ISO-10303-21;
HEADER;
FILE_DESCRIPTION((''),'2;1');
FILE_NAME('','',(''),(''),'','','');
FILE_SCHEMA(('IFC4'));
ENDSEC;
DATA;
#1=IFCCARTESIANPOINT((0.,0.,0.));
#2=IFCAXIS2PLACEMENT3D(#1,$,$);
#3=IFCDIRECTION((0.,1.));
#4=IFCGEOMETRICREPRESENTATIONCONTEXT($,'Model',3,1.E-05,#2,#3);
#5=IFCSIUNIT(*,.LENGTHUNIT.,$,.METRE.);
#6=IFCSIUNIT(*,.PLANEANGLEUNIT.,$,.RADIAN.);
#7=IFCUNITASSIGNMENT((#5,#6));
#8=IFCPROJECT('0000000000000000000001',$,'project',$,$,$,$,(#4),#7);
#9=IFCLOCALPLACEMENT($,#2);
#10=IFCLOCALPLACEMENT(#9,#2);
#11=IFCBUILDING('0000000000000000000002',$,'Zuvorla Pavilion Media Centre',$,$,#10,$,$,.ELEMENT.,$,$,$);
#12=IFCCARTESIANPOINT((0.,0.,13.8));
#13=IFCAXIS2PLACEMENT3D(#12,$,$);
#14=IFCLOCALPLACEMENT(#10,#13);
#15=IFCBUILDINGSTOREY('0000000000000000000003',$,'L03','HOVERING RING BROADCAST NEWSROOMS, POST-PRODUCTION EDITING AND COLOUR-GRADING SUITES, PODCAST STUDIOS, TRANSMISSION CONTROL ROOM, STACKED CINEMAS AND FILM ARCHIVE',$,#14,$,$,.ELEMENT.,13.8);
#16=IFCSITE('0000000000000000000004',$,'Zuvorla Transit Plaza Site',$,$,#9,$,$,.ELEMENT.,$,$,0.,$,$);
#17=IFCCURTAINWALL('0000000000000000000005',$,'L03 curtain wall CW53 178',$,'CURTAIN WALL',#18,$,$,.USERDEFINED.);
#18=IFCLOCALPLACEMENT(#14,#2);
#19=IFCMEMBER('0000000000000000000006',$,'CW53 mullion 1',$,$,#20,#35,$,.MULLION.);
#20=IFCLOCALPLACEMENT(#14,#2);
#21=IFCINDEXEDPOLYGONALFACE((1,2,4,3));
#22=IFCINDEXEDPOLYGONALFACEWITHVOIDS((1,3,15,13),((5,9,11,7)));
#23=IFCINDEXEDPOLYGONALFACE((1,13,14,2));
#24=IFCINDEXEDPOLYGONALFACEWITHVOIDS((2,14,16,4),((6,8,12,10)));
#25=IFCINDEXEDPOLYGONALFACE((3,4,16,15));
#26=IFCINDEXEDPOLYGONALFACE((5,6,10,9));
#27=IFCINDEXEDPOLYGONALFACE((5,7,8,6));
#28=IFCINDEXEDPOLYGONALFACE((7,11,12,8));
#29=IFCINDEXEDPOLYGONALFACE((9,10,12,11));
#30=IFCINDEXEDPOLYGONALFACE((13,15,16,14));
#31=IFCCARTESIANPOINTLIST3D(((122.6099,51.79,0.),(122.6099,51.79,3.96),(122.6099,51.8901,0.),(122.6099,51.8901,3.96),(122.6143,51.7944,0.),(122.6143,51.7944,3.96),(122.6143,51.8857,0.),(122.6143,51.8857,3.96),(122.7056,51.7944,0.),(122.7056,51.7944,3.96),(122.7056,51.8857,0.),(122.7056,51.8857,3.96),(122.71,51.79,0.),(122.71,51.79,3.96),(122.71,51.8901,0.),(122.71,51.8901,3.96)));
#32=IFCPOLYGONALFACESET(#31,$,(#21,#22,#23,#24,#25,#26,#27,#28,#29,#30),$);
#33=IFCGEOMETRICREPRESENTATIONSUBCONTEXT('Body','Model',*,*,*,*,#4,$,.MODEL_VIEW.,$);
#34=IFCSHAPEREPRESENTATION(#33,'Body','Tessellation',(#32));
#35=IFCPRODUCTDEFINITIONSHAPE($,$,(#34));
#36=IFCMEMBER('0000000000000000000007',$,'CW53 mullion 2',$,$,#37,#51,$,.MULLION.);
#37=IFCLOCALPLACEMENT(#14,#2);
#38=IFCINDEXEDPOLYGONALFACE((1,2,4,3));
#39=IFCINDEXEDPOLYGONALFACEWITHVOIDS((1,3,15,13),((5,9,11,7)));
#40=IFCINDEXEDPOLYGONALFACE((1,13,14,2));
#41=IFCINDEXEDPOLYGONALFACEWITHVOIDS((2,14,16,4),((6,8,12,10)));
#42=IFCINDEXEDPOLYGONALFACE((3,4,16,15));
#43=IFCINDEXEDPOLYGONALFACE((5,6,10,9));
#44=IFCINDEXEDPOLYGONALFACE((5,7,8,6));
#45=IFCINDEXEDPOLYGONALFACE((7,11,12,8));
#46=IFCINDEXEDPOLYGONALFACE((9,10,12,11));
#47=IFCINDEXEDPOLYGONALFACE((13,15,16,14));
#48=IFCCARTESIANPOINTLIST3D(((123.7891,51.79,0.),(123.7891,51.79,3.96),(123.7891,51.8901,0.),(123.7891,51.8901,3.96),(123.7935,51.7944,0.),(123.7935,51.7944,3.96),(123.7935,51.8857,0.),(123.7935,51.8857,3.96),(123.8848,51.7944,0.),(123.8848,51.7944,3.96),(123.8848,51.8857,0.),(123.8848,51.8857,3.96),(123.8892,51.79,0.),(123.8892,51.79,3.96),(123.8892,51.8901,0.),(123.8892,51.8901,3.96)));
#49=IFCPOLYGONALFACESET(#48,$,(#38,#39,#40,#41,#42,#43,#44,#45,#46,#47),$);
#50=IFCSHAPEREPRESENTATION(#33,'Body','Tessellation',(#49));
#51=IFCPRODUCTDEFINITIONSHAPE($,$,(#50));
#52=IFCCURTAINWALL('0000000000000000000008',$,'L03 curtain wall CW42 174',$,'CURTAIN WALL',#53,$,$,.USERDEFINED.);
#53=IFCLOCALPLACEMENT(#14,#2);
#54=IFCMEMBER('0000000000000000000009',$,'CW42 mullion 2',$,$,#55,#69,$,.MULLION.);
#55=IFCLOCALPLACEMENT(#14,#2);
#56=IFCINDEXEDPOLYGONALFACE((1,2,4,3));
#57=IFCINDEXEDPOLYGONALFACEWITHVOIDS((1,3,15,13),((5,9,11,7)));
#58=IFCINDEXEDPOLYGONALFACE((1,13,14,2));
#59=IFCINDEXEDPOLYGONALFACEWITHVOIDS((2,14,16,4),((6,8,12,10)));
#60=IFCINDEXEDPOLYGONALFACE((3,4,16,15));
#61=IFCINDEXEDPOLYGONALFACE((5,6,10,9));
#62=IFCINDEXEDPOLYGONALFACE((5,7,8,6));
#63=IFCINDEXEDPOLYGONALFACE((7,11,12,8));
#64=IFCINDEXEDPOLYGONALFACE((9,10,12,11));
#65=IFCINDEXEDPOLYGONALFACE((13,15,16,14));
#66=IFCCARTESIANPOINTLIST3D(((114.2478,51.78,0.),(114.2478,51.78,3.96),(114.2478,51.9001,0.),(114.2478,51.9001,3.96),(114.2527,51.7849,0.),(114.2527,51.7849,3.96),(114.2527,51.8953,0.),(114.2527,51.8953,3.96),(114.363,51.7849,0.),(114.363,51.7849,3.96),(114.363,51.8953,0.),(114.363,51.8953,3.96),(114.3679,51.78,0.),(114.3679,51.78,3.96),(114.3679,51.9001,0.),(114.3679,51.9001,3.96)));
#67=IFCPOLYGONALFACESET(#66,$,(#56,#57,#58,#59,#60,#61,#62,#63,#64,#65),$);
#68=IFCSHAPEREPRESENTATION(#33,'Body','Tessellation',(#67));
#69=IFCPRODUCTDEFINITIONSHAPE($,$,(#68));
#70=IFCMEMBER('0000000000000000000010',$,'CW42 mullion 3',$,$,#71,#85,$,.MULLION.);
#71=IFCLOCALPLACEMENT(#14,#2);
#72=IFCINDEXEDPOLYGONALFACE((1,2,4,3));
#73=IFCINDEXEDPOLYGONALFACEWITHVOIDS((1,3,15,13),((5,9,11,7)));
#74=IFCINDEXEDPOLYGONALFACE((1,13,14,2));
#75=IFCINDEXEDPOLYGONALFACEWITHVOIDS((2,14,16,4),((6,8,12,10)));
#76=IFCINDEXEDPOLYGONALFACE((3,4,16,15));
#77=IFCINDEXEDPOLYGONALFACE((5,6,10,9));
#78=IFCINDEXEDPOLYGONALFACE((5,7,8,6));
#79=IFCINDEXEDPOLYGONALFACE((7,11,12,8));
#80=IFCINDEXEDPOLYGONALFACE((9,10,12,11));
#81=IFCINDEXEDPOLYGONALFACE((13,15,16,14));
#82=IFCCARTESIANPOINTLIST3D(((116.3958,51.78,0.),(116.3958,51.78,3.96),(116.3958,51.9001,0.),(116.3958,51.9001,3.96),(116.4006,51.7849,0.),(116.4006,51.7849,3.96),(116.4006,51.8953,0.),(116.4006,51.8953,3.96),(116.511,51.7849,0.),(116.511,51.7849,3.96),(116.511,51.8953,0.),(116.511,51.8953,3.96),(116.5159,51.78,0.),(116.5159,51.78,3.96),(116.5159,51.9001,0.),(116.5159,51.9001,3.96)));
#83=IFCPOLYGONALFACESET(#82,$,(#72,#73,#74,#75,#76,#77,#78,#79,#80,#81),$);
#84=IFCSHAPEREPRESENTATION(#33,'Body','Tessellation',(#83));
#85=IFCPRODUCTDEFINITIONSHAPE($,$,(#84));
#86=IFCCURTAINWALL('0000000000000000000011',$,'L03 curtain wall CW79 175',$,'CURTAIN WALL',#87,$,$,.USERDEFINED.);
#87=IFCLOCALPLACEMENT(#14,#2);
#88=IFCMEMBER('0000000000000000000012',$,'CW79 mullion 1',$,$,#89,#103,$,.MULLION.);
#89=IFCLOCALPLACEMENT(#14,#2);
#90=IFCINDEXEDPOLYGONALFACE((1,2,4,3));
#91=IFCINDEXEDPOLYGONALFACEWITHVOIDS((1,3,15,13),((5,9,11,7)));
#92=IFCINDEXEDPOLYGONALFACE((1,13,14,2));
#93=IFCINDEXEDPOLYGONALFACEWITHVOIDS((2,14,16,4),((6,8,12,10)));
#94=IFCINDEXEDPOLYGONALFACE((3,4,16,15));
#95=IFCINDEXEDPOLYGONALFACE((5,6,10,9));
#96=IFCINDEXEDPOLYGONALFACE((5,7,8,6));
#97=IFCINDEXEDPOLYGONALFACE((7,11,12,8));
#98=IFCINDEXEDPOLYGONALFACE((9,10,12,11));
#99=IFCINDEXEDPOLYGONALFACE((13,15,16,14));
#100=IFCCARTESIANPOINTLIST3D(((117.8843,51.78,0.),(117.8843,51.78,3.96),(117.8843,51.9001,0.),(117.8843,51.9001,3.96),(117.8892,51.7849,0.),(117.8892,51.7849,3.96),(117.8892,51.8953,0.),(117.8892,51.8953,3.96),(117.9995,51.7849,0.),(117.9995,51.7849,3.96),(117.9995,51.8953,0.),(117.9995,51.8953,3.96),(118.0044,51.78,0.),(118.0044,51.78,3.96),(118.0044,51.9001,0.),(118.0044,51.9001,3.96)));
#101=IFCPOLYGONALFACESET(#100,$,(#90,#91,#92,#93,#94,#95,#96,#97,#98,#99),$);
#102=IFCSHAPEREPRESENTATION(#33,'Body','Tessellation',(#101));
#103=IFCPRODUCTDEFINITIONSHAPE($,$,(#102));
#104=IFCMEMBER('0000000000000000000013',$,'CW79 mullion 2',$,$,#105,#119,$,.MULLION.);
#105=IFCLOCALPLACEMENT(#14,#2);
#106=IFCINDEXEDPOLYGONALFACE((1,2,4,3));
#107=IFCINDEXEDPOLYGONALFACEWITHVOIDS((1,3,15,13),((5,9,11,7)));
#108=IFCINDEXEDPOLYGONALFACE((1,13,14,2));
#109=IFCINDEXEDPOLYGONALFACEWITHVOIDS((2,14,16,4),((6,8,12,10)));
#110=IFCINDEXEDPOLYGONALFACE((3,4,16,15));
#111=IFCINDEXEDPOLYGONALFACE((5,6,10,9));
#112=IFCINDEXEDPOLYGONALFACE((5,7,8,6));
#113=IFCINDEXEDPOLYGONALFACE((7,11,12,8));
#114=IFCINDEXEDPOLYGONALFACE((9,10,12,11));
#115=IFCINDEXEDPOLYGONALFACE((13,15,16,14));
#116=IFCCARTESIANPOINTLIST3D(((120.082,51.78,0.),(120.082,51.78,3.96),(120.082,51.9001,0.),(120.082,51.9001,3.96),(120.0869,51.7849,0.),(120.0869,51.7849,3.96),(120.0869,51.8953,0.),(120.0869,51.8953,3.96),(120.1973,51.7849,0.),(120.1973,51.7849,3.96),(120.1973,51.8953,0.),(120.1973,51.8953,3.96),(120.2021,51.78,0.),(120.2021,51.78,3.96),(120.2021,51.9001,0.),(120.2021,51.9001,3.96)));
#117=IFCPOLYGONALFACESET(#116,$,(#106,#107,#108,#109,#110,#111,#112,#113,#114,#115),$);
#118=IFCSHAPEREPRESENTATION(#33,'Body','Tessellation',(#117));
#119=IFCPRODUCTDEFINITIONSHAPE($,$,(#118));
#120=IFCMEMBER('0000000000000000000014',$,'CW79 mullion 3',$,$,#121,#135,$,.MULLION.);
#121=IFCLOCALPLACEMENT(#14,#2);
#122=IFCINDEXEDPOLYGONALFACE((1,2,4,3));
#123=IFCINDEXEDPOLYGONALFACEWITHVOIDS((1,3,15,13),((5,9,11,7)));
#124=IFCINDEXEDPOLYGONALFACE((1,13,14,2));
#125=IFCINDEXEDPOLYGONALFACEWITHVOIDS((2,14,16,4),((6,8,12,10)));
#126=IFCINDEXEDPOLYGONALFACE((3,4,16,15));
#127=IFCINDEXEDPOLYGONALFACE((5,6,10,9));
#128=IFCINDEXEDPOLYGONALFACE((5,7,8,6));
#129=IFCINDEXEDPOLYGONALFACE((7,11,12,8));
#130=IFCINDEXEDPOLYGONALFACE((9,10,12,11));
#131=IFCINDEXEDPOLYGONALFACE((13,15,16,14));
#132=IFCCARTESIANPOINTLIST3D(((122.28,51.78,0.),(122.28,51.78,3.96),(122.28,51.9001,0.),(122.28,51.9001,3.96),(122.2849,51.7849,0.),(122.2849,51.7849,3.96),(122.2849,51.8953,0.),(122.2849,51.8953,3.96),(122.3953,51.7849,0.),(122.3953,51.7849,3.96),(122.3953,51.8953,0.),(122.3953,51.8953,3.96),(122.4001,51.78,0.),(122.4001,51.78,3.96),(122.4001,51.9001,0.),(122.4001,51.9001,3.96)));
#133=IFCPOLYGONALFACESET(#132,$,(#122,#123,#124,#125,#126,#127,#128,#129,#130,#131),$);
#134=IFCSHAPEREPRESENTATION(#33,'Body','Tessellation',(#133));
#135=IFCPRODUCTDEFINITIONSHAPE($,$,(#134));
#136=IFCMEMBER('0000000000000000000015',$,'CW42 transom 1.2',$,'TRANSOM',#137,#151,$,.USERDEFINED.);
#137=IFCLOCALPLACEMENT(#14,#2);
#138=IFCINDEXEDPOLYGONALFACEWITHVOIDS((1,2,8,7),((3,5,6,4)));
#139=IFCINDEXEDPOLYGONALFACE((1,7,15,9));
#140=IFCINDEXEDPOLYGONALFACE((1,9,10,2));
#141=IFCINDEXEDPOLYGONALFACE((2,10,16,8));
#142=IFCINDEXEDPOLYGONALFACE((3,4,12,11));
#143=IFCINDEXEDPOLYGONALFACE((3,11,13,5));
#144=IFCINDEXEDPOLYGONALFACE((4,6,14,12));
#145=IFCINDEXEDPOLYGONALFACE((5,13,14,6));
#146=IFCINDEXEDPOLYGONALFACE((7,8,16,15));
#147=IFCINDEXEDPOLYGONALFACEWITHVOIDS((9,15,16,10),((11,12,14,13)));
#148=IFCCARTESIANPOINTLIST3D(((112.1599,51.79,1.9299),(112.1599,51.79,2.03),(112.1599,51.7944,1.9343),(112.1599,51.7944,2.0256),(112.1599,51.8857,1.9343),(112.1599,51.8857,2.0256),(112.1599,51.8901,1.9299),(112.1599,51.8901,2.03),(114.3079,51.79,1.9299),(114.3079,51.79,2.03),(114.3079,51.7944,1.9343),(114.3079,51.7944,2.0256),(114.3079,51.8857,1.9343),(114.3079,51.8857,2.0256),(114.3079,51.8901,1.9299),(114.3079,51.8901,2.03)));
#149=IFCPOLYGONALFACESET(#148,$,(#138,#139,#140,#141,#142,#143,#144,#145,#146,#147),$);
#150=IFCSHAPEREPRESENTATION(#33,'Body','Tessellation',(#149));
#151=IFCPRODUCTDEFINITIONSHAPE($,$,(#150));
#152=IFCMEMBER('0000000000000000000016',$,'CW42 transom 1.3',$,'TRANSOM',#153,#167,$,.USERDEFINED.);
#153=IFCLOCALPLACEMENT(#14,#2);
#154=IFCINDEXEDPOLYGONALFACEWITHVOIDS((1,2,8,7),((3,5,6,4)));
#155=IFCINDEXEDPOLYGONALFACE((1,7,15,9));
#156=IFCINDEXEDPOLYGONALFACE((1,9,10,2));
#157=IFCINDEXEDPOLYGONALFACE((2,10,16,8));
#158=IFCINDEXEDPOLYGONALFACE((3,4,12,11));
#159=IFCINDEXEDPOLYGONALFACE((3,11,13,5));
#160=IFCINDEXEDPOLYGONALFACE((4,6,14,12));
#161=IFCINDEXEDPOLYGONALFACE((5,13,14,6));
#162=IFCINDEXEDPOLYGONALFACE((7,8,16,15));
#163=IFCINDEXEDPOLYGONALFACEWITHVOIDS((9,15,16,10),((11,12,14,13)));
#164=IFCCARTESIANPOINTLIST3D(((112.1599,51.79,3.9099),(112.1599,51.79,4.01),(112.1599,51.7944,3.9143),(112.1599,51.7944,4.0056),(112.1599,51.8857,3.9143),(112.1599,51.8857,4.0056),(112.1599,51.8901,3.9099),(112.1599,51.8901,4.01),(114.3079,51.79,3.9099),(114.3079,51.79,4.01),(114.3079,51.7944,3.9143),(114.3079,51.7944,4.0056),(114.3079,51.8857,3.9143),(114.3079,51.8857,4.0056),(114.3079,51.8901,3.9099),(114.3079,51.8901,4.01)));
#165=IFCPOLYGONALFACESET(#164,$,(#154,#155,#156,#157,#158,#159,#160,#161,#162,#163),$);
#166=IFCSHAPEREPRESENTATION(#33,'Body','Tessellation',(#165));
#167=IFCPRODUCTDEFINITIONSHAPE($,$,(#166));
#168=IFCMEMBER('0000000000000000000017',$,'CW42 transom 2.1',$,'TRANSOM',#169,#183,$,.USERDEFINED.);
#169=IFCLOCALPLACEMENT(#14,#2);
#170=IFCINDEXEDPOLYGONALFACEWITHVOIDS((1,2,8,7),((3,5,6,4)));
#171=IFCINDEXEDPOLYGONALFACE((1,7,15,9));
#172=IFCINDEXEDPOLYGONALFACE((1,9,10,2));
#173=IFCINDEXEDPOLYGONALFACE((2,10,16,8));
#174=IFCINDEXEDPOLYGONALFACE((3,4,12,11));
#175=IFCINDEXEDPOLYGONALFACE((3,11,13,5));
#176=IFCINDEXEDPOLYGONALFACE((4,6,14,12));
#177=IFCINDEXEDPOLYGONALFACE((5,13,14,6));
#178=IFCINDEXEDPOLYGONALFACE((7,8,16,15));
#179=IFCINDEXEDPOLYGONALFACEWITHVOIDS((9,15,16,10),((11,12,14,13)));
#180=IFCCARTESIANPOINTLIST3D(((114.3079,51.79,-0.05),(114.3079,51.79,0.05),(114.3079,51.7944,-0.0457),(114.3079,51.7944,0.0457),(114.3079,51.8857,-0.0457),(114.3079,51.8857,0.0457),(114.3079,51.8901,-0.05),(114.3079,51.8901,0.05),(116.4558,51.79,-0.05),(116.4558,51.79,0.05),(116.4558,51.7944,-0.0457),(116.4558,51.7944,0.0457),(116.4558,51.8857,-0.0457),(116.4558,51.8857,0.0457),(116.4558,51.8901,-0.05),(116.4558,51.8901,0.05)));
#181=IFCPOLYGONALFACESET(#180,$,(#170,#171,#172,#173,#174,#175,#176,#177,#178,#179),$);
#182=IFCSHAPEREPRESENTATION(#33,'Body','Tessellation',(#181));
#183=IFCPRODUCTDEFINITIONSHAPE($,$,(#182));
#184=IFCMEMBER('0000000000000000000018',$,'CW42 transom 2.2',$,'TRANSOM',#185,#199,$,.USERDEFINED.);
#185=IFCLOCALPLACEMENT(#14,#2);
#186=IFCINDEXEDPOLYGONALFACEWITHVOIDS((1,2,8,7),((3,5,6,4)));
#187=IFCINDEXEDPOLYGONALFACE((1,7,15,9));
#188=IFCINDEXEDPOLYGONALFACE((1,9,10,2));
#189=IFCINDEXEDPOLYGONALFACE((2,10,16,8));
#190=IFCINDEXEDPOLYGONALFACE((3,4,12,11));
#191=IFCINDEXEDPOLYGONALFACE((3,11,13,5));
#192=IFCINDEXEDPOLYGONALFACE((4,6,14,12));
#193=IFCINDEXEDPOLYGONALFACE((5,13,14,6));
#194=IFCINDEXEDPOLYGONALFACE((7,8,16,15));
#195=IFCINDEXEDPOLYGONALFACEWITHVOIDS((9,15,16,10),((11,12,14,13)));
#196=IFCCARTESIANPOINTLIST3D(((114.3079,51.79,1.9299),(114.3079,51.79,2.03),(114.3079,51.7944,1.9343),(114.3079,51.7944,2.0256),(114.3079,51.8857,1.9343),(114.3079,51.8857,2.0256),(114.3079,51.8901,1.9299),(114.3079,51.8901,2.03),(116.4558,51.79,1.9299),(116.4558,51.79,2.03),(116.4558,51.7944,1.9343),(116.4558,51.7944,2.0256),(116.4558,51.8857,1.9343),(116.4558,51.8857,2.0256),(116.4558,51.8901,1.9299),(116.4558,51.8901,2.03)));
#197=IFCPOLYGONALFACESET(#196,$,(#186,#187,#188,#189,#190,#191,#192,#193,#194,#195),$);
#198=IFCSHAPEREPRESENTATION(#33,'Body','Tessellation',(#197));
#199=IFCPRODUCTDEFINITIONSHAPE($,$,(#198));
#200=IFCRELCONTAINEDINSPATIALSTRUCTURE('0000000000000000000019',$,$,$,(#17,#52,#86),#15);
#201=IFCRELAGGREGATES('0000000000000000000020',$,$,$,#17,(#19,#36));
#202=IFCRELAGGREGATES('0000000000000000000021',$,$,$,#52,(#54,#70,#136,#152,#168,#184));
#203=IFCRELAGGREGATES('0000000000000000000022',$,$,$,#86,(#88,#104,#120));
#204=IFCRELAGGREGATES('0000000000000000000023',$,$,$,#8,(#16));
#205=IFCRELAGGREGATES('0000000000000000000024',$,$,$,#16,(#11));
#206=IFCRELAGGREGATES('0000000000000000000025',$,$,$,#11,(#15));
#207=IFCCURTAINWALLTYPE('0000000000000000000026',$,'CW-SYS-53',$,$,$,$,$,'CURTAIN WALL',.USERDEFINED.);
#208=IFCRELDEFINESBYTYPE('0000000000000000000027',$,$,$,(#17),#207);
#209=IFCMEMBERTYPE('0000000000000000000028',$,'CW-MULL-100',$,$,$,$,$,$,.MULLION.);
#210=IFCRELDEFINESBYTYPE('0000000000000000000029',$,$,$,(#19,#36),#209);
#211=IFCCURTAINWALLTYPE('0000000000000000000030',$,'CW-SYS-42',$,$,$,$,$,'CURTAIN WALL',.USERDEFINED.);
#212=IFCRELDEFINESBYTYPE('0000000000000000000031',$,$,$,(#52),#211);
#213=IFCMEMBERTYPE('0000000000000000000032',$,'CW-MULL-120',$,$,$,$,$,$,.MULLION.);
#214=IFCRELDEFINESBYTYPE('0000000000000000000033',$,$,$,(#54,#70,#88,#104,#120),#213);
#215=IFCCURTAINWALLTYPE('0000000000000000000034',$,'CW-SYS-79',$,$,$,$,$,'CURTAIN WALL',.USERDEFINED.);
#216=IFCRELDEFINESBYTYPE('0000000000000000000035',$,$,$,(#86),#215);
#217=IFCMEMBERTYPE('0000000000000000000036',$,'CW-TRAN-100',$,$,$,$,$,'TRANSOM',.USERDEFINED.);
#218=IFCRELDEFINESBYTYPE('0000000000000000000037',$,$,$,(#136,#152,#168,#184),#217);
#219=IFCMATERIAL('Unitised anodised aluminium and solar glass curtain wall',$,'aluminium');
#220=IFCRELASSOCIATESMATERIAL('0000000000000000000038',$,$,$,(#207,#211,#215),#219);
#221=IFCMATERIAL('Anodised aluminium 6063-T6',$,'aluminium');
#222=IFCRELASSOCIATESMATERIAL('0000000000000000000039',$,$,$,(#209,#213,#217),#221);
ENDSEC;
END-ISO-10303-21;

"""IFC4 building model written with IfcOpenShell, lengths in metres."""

from ifc_helpers import new_model, si_unit, direction, frame, origin, origin_2d, place, context, subcontext, project, spatial, hollow_rectangle, extrude, material, material_profile, profile_set, type_object, element, aggregate, save


model = new_model("IFC4")

# Units and contexts
model_context = context("Model", 3, precision=1e-05, world=origin(), true_north=direction((0.0, 1.0)))
body_context = subcontext(model_context, "Body", "Model", "MODEL_VIEW")
ifc_project = project(units=[si_unit("LENGTHUNIT", "METRE"), si_unit("PLANEANGLEUNIT", "RADIAN")], contexts=[model_context])

# Site, building, storey
site_placement = place(None, origin())
site = spatial("IfcSite", under=ifc_project, at=site_placement, Name="Zuvorla Transit Plaza Site", CompositionType="ELEMENT", RefElevation=0.0)
building_placement = place(site_placement, origin())
building = spatial("IfcBuilding", under=site, at=building_placement, Name="Zuvorla Pavilion Media Centre", CompositionType="ELEMENT")
storey_placement = place(building_placement, frame((0.0, 0.0, 13.8)))
storey = spatial("IfcBuildingStorey", under=building, at=storey_placement, Name="L03", Description="HOVERING RING BROADCAST NEWSROOMS, POST-PRODUCTION EDITING AND COLOUR-GRADING SUITES, PODCAST STUDIOS, TRANSMISSION CONTROL ROOM, STACKED CINEMAS AND FILM ARCHIVE", CompositionType="ELEMENT", Elevation=13.8)

# Curtain walls, members
ifc_material_1 = material(Name="Unitised anodised aluminium and solar glass curtain wall", Category="aluminium")
curtain_wall_type_1 = type_object("IfcCurtainWallType", Name="CW-SYS-53", ElementType="CURTAIN WALL", PredefinedType="USERDEFINED", material=ifc_material_1)
curtain_wall_1_placement = place(storey_placement, origin())
curtain_wall_1 = element("IfcCurtainWall", 1, at=curtain_wall_1_placement, inside=storey, type_object=curtain_wall_type_1, Name="L03 curtain wall CW53 178", ObjectType="CURTAIN WALL", PredefinedType="USERDEFINED")
ifc_material_2 = material(Name="Anodised aluminium 6063-T6", Category="aluminium")
ifc_material_profile_1 = material_profile(ifc_material_2, hollow_rectangle(XDim=0.1001, YDim=0.1001, WallThickness=0.0044, at=origin_2d()), Name="ALU MULL 100x100")
ifc_profile_set_1 = profile_set([ifc_material_profile_1], Name="Anodised aluminium 6063-T6")
member_type_1 = type_object("IfcMemberType", Name="CW-MULL-100", PredefinedType="MULLION", material=ifc_profile_set_1)
member_1_placement = place(storey_placement, frame((122.6599, 51.8401, 0.0), z_axis=(0.0, 0.0, 1.0), x_axis=(1.0, 0.0, 0.0)))
member_1 = element("IfcMember", 2, at=member_1_placement, type_object=member_type_1, Name="CW53 mullion 1", PredefinedType="MULLION", context=body_context, shape_type="SweptSolid", body=[
    extrude(hollow_rectangle(XDim=0.1001, YDim=0.1001, WallThickness=0.0044, at=origin_2d()), origin(), (0.0, 0.0, 1.0), 3.96),
])
member_2_placement = place(storey_placement, frame((123.8391, 51.8401, 0.0), z_axis=(0.0, 0.0, 1.0), x_axis=(1.0, 0.0, 0.0)))
member_2 = element("IfcMember", 3, at=member_2_placement, type_object=member_type_1, Name="CW53 mullion 2", PredefinedType="MULLION", context=body_context, shape_type="SweptSolid", body=[
    extrude(hollow_rectangle(XDim=0.1001, YDim=0.1001, WallThickness=0.0044, at=origin_2d()), origin(), (0.0, 0.0, 1.0), 3.96),
])
curtain_wall_type_2 = type_object("IfcCurtainWallType", Name="CW-SYS-42", ElementType="CURTAIN WALL", PredefinedType="USERDEFINED", material=ifc_material_1)
curtain_wall_2_placement = place(storey_placement, origin())
curtain_wall_2 = element("IfcCurtainWall", 4, at=curtain_wall_2_placement, inside=storey, type_object=curtain_wall_type_2, Name="L03 curtain wall CW42 174", ObjectType="CURTAIN WALL", PredefinedType="USERDEFINED")
ifc_material_profile_2 = material_profile(ifc_material_2, hollow_rectangle(XDim=0.1201, YDim=0.1201, WallThickness=0.0049, at=origin_2d()), Name="ALU MULL 120x120")
ifc_profile_set_2 = profile_set([ifc_material_profile_2], Name="Anodised aluminium 6063-T6")
member_type_2 = type_object("IfcMemberType", Name="CW-MULL-120", PredefinedType="MULLION", material=ifc_profile_set_2)
member_3_placement = place(storey_placement, frame((114.3079, 51.8401, 0.0), z_axis=(0.0, 0.0, 1.0), x_axis=(1.0, 0.0, 0.0)))
member_3 = element("IfcMember", 5, at=member_3_placement, type_object=member_type_2, Name="CW42 mullion 2", PredefinedType="MULLION", context=body_context, shape_type="SweptSolid", body=[
    extrude(hollow_rectangle(XDim=0.1201, YDim=0.1201, WallThickness=0.0049, at=origin_2d()), origin(), (0.0, 0.0, 1.0), 3.96),
])
member_4_placement = place(storey_placement, frame((116.4558, 51.8401, 0.0), z_axis=(0.0, 0.0, 1.0), x_axis=(1.0, 0.0, 0.0)))
member_4 = element("IfcMember", 6, at=member_4_placement, type_object=member_type_2, Name="CW42 mullion 3", PredefinedType="MULLION", context=body_context, shape_type="SweptSolid", body=[
    extrude(hollow_rectangle(XDim=0.1201, YDim=0.1201, WallThickness=0.0049, at=origin_2d()), origin(), (0.0, 0.0, 1.0), 3.96),
])
curtain_wall_type_3 = type_object("IfcCurtainWallType", Name="CW-SYS-79", ElementType="CURTAIN WALL", PredefinedType="USERDEFINED", material=ifc_material_1)
curtain_wall_3_placement = place(storey_placement, origin())
curtain_wall_3 = element("IfcCurtainWall", 7, at=curtain_wall_3_placement, inside=storey, type_object=curtain_wall_type_3, Name="L03 curtain wall CW79 175", ObjectType="CURTAIN WALL", PredefinedType="USERDEFINED")
member_5_placement = place(storey_placement, frame((117.9443, 51.8401, 0.0), z_axis=(0.0, 0.0, 1.0), x_axis=(1.0, 0.0, 0.0)))
member_5 = element("IfcMember", 8, at=member_5_placement, type_object=member_type_2, Name="CW79 mullion 1", PredefinedType="MULLION", context=body_context, shape_type="SweptSolid", body=[
    extrude(hollow_rectangle(XDim=0.1201, YDim=0.1201, WallThickness=0.0049, at=origin_2d()), origin(), (0.0, 0.0, 1.0), 3.96),
])
member_6_placement = place(storey_placement, frame((120.1421, 51.8401, 0.0), z_axis=(0.0, 0.0, 1.0), x_axis=(1.0, 0.0, 0.0)))
member_6 = element("IfcMember", 9, at=member_6_placement, type_object=member_type_2, Name="CW79 mullion 2", PredefinedType="MULLION", context=body_context, shape_type="SweptSolid", body=[
    extrude(hollow_rectangle(XDim=0.1201, YDim=0.1201, WallThickness=0.0049, at=origin_2d()), origin(), (0.0, 0.0, 1.0), 3.96),
])
member_7_placement = place(storey_placement, frame((122.3401, 51.8401, 0.0), z_axis=(0.0, 0.0, 1.0), x_axis=(1.0, 0.0, 0.0)))
member_7 = element("IfcMember", 10, at=member_7_placement, type_object=member_type_2, Name="CW79 mullion 3", PredefinedType="MULLION", context=body_context, shape_type="SweptSolid", body=[
    extrude(hollow_rectangle(XDim=0.1201, YDim=0.1201, WallThickness=0.0049, at=origin_2d()), origin(), (0.0, 0.0, 1.0), 3.96),
])

# Members
ifc_material_profile_3 = material_profile(ifc_material_2, hollow_rectangle(XDim=0.1001, YDim=0.1001, WallThickness=0.0044, at=origin_2d()), Name="ALU TRAN 100x100")
ifc_profile_set_3 = profile_set([ifc_material_profile_3], Name="Anodised aluminium 6063-T6")
member_type_3 = type_object("IfcMemberType", Name="CW-TRAN-100", ElementType="TRANSOM", PredefinedType="USERDEFINED", material=ifc_profile_set_3)
member_8_placement = place(storey_placement, frame((112.1599, 51.8401, 1.98), z_axis=(1.0, 0.0, 0.0), x_axis=(0.0, 1.0, 0.0)))
member_8 = element("IfcMember", 11, at=member_8_placement, type_object=member_type_3, Name="CW42 transom 1.2", ObjectType="TRANSOM", PredefinedType="USERDEFINED", context=body_context, shape_type="SweptSolid", body=[
    extrude(hollow_rectangle(XDim=0.1001, YDim=0.1001, WallThickness=0.0044, at=origin_2d()), origin(), (0.0, 0.0, 1.0), 2.1479),
])
member_9_placement = place(storey_placement, frame((112.1599, 51.8401, 3.96), z_axis=(1.0, 0.0, 0.0), x_axis=(0.0, 1.0, 0.0)))
member_9 = element("IfcMember", 12, at=member_9_placement, type_object=member_type_3, Name="CW42 transom 1.3", ObjectType="TRANSOM", PredefinedType="USERDEFINED", context=body_context, shape_type="SweptSolid", body=[
    extrude(hollow_rectangle(XDim=0.1001, YDim=0.1001, WallThickness=0.0044, at=origin_2d()), origin(), (0.0, 0.0, 1.0), 2.1479),
])
member_10_placement = place(storey_placement, frame((114.3079, 51.8401, 0.0), z_axis=(1.0, 0.0, 0.0), x_axis=(0.0, 1.0, 0.0)))
member_10 = element("IfcMember", 13, at=member_10_placement, type_object=member_type_3, Name="CW42 transom 2.1", ObjectType="TRANSOM", PredefinedType="USERDEFINED", context=body_context, shape_type="SweptSolid", body=[
    extrude(hollow_rectangle(XDim=0.1001, YDim=0.1001, WallThickness=0.0044, at=origin_2d()), origin(), (0.0, 0.0, 1.0), 2.1479),
])
member_11_placement = place(storey_placement, frame((114.3079, 51.8401, 1.98), z_axis=(1.0, 0.0, 0.0), x_axis=(0.0, 1.0, 0.0)))
member_11 = element("IfcMember", 14, at=member_11_placement, type_object=member_type_3, Name="CW42 transom 2.2", ObjectType="TRANSOM", PredefinedType="USERDEFINED", context=body_context, shape_type="SweptSolid", body=[
    extrude(hollow_rectangle(XDim=0.1001, YDim=0.1001, WallThickness=0.0044, at=origin_2d()), origin(), (0.0, 0.0, 1.0), 2.1479),
])

aggregate(curtain_wall_1, [member_1, member_2])
aggregate(curtain_wall_2, [member_3, member_4, member_8, member_9, member_10, member_11])
aggregate(curtain_wall_3, [member_5, member_6, member_7])

save(model, "model.ifc")
